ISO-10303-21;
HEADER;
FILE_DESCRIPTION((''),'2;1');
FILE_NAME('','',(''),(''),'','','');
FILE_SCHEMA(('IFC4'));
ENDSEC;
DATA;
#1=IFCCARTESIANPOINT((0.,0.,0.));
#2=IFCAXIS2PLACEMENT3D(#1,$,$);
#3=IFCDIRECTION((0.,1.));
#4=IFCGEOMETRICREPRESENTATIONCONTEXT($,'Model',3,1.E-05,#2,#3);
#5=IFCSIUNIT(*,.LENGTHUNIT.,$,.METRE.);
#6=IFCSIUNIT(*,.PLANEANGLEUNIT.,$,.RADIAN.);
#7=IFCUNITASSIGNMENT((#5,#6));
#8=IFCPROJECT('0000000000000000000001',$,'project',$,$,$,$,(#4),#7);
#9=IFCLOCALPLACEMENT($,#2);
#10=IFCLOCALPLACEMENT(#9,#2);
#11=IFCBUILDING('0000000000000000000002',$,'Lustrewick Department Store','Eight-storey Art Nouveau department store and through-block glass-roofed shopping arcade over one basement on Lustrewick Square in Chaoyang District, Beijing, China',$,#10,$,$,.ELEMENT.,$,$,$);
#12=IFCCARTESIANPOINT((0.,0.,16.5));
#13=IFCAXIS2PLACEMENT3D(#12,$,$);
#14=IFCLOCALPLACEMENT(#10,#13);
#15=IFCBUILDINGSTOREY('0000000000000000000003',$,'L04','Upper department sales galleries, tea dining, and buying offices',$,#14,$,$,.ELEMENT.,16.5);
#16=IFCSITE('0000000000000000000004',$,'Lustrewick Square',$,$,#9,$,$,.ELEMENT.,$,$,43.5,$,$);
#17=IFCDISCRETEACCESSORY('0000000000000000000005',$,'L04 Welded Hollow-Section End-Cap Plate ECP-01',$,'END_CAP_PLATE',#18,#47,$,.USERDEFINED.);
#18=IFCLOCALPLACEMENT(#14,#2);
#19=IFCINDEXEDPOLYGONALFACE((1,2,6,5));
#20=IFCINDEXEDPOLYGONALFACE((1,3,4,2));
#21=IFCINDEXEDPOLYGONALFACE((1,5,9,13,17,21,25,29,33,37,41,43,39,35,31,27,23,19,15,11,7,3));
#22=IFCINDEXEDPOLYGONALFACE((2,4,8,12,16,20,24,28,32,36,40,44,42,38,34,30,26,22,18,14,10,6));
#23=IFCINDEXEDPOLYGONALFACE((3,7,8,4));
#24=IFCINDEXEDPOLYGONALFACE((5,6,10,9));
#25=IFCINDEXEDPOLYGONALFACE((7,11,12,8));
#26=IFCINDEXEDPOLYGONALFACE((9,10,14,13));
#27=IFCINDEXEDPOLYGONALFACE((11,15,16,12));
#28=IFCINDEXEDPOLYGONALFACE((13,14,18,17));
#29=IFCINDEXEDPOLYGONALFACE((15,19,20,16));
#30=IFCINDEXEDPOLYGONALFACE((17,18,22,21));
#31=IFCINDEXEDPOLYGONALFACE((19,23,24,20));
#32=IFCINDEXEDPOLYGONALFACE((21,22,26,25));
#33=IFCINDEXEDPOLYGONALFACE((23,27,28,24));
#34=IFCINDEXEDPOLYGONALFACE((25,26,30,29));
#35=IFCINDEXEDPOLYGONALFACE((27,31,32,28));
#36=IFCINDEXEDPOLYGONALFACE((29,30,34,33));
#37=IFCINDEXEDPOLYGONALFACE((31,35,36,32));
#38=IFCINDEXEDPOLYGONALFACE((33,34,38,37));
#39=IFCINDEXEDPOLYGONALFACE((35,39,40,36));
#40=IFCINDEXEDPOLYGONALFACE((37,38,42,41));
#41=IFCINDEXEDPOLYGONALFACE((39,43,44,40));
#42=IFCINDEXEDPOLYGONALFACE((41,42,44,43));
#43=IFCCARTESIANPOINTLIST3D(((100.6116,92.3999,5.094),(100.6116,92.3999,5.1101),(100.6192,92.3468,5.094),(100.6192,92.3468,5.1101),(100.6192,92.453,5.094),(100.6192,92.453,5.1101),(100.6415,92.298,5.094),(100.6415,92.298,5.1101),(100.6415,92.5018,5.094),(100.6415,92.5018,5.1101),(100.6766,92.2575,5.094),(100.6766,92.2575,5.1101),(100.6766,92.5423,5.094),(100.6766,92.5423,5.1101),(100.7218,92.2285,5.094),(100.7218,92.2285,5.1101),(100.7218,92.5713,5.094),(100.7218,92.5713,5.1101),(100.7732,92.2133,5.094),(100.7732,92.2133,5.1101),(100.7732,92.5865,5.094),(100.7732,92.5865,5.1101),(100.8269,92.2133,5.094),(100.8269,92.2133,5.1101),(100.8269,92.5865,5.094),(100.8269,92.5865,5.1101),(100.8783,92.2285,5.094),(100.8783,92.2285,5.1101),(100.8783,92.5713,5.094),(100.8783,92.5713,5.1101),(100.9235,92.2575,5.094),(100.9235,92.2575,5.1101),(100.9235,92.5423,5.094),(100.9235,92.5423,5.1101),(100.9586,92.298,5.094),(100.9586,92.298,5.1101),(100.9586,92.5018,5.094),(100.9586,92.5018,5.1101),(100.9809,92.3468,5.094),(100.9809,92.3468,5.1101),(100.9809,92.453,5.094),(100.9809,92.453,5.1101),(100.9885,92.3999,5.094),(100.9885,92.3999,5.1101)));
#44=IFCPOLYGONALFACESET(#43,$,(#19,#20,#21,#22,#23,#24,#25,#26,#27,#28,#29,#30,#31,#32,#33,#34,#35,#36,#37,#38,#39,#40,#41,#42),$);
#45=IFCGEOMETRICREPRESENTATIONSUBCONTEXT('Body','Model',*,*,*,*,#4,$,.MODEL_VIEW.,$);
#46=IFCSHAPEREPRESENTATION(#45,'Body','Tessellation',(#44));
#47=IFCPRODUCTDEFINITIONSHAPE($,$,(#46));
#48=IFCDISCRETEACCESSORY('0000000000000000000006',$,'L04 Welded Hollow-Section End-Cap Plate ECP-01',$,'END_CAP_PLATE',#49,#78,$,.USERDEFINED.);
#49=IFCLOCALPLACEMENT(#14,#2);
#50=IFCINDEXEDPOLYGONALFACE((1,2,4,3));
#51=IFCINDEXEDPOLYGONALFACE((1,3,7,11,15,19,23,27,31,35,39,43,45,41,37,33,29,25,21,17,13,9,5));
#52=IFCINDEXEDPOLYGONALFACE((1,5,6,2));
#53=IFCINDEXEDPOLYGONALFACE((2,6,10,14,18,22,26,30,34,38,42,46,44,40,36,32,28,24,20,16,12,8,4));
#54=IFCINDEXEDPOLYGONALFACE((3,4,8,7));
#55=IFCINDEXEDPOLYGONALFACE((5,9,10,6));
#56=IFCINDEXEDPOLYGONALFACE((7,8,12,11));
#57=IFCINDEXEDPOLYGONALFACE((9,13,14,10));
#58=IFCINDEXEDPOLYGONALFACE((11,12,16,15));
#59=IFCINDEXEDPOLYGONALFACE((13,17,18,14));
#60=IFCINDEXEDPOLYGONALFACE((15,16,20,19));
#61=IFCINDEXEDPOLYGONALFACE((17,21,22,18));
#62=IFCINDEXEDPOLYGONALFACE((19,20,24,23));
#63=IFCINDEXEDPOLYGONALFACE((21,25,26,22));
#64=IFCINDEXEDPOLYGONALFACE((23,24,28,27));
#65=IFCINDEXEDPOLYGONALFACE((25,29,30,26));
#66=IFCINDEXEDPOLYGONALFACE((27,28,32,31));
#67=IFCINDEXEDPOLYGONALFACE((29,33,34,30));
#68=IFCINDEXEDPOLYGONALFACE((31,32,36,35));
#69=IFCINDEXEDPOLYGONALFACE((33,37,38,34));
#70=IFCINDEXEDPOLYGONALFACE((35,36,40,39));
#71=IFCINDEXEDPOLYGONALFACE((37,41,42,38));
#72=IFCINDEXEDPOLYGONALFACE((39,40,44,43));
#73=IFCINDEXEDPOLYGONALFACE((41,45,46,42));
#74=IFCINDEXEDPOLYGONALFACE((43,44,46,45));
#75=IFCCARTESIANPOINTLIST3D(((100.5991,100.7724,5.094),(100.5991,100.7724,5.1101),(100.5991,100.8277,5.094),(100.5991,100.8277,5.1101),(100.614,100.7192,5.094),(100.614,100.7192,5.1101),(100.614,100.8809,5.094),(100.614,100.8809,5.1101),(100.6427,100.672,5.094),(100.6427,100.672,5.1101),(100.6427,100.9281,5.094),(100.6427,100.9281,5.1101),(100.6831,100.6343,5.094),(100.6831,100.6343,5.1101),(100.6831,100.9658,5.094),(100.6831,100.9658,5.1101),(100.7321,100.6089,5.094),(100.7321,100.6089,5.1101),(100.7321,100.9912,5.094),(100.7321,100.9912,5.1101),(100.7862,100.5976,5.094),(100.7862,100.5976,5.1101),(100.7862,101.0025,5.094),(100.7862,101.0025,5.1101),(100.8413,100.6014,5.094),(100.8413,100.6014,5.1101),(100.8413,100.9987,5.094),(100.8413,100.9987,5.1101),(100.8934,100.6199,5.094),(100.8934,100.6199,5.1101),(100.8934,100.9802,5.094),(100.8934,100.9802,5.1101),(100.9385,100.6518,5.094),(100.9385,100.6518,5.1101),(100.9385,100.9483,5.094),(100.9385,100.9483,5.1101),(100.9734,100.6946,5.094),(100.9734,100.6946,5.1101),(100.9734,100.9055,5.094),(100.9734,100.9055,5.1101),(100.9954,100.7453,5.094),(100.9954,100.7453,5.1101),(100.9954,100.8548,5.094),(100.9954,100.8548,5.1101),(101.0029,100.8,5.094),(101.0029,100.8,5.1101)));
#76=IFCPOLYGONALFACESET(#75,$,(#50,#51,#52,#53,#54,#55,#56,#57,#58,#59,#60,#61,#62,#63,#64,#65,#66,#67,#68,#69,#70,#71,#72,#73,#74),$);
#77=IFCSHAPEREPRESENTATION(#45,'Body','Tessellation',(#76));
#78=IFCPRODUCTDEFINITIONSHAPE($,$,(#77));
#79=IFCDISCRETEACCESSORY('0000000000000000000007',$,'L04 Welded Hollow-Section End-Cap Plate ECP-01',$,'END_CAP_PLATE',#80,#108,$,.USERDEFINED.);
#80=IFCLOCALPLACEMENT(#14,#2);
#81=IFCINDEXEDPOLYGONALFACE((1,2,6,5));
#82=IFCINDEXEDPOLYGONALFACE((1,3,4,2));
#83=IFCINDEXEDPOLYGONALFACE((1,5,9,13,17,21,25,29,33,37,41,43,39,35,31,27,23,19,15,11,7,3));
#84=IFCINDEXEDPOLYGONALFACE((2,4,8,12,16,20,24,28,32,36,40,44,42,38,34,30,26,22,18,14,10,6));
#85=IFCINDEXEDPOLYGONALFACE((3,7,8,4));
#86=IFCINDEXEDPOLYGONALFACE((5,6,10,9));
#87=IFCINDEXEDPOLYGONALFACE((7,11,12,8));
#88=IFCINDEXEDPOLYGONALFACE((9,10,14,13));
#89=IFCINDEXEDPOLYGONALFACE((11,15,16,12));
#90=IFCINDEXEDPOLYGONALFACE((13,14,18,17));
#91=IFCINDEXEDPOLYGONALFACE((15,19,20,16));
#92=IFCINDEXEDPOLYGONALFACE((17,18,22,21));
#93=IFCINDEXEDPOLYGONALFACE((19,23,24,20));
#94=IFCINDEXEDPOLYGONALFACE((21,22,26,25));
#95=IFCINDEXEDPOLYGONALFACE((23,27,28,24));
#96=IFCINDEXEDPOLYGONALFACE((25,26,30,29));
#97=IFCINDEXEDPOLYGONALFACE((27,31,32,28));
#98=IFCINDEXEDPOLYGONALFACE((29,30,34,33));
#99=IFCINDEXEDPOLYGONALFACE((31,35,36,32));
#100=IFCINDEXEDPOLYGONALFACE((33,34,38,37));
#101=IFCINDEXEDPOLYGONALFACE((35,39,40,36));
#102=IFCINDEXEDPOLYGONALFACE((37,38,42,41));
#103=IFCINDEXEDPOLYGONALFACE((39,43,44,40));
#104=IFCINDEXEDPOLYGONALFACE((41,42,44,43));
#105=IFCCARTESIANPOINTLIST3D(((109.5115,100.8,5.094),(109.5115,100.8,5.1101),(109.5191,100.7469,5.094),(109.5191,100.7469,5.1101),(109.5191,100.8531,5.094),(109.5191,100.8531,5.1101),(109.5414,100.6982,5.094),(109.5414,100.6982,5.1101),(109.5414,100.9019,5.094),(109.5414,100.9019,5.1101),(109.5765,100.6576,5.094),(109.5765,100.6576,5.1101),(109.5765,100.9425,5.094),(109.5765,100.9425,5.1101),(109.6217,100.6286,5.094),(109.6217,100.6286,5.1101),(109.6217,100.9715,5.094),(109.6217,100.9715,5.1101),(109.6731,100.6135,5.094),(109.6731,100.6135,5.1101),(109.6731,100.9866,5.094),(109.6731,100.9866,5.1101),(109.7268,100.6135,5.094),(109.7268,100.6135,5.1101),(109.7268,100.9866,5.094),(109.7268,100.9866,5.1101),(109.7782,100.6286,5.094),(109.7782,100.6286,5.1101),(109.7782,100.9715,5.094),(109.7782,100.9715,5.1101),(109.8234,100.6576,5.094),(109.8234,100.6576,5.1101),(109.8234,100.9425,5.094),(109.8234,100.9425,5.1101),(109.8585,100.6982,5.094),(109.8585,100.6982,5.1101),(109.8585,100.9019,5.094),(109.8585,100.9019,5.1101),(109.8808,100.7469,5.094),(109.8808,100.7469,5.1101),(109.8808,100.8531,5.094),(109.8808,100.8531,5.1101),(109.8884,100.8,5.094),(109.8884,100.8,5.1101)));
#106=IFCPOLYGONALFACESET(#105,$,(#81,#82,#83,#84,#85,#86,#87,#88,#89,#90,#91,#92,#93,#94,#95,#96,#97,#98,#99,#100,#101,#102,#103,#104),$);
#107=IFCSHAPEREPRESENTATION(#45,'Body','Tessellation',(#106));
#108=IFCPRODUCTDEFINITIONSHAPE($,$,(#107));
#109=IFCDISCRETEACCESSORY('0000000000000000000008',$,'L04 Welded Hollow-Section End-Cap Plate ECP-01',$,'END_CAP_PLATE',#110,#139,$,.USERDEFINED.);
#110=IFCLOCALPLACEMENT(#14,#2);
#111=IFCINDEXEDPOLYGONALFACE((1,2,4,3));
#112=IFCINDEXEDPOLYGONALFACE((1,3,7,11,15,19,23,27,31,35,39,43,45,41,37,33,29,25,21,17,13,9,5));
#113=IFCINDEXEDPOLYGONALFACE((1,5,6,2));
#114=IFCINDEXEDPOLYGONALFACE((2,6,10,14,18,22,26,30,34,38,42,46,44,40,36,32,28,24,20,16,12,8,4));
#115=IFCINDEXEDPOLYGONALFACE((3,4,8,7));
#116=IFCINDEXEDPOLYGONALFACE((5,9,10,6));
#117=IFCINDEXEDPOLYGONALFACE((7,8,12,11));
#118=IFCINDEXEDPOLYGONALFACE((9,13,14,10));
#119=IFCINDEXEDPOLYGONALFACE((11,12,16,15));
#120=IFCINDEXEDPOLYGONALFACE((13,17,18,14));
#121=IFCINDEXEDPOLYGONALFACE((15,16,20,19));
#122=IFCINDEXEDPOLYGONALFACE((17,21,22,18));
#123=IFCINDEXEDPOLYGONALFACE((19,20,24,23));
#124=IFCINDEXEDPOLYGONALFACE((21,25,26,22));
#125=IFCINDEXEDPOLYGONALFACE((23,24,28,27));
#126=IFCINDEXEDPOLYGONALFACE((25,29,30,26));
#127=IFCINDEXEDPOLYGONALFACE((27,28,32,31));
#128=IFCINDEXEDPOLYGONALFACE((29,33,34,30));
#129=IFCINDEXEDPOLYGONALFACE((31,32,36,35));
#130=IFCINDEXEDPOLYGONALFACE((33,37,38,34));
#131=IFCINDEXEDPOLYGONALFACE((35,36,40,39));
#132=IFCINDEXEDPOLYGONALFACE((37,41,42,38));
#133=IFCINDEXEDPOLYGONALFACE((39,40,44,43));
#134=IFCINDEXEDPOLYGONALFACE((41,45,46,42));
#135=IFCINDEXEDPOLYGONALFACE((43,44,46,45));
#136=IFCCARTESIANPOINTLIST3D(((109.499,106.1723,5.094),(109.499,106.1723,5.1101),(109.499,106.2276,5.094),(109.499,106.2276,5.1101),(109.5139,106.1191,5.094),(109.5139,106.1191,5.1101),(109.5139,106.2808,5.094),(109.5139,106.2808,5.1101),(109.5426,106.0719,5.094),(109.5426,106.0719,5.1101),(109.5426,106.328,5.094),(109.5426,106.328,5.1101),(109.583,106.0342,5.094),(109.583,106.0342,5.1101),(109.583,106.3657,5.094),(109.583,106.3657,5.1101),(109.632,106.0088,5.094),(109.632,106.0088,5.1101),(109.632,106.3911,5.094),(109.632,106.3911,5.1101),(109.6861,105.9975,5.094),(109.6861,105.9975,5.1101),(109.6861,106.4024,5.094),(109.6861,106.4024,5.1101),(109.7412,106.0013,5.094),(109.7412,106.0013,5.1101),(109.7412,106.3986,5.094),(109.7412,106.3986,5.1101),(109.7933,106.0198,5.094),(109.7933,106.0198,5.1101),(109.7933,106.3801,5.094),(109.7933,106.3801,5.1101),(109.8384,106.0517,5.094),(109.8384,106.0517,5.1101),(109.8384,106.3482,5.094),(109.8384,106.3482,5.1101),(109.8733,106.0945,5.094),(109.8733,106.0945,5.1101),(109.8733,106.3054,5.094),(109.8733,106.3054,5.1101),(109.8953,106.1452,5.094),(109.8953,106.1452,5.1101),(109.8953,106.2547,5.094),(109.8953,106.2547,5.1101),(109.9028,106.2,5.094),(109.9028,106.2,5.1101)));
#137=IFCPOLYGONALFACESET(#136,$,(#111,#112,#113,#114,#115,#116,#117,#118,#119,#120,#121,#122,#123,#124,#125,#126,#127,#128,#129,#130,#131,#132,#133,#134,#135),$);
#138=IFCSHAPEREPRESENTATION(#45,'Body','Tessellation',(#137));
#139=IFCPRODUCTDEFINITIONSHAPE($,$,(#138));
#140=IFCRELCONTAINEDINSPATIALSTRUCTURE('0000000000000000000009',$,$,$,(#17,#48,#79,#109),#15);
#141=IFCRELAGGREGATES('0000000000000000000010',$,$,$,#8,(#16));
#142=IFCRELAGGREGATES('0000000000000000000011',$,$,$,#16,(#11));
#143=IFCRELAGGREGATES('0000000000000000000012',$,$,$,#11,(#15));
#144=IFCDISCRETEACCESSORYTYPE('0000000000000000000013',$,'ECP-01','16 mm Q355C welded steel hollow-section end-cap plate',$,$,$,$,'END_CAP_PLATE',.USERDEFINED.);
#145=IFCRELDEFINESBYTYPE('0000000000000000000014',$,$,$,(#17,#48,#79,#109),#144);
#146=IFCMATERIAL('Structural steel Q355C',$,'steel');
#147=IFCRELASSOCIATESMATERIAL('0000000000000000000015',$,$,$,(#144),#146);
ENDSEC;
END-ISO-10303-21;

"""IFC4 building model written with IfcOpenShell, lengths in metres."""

from ifc_helpers import new_model, si_unit, direction, frame, origin, origin_2d, place, context, subcontext, project, spatial, circle, extrude, material, type_object, element, save


model = new_model("IFC4")

# Units and contexts
model_context = context("Model", 3, precision=1e-05, world=origin(), true_north=direction((0.0, 1.0)))
body_context = subcontext(model_context, "Body", "Model", "MODEL_VIEW")
ifc_project = project(units=[si_unit("LENGTHUNIT", "METRE"), si_unit("PLANEANGLEUNIT", "RADIAN")], contexts=[model_context])

# Site, building, storey
site_placement = place(None, origin())
site = spatial("IfcSite", under=ifc_project, at=site_placement, Name="Lustrewick Square", CompositionType="ELEMENT", RefElevation=43.5)
building_placement = place(site_placement, origin())
building = spatial("IfcBuilding", under=site, at=building_placement, Name="Lustrewick Department Store", Description="Eight-storey Art Nouveau department store and through-block glass-roofed shopping arcade over one basement on Lustrewick Square in Chaoyang District, Beijing, China", CompositionType="ELEMENT")
storey_placement = place(building_placement, frame((0.0, 0.0, 16.5)))
storey = spatial("IfcBuildingStorey", under=building, at=storey_placement, Name="L04", Description="Upper department sales galleries, tea dining, and buying offices", CompositionType="ELEMENT", Elevation=16.5)

# Shared definitions
ifc_material_1 = material(Name="Structural steel Q355C", Category="steel")

# Discrete accessories
discrete_accessory_type = type_object("IfcDiscreteAccessoryType", Name="ECP-01", Description="16 mm Q355C welded steel hollow-section end-cap plate", ElementType="END_CAP_PLATE", PredefinedType="USERDEFINED", material=ifc_material_1)
discrete_accessory_1_placement = place(storey_placement, frame((100.8, 92.3999, 5.094), z_axis=(0.0, 0.0, 1.0), x_axis=(1.0, 0.0, 0.0)))
element("IfcDiscreteAccessory", 1, at=discrete_accessory_1_placement, inside=storey, type_object=discrete_accessory_type, Name="L04 Welded Hollow-Section End-Cap Plate ECP-01", ObjectType="END_CAP_PLATE", PredefinedType="USERDEFINED", context=body_context, shape_type="SweptSolid", body=[
    extrude(circle(Radius=0.1885, at=origin_2d()), origin(), (0.0, 0.0, 1.0), 0.0161),
])
discrete_accessory_2_placement = place(storey_placement, frame((100.8, 100.8, 5.094), z_axis=(0.0, 0.0, 1.0), x_axis=(1.0, 0.0, 0.0)))
element("IfcDiscreteAccessory", 2, at=discrete_accessory_2_placement, inside=storey, type_object=discrete_accessory_type, Name="L04 Welded Hollow-Section End-Cap Plate ECP-01", ObjectType="END_CAP_PLATE", PredefinedType="USERDEFINED", context=body_context, shape_type="SweptSolid", body=[
    extrude(circle(Radius=0.2029, at=origin_2d()), origin(), (0.0, 0.0, 1.0), 0.0161),
])
discrete_accessory_3_placement = place(storey_placement, frame((109.7, 100.8, 5.094), z_axis=(0.0, 0.0, 1.0), x_axis=(1.0, 0.0, 0.0)))
element("IfcDiscreteAccessory", 3, at=discrete_accessory_3_placement, inside=storey, type_object=discrete_accessory_type, Name="L04 Welded Hollow-Section End-Cap Plate ECP-01", ObjectType="END_CAP_PLATE", PredefinedType="USERDEFINED", context=body_context, shape_type="SweptSolid", body=[
    extrude(circle(Radius=0.1885, at=origin_2d()), origin(), (0.0, 0.0, 1.0), 0.0161),
])
discrete_accessory_4_placement = place(storey_placement, frame((109.7, 106.2, 5.094), z_axis=(0.0, 0.0, 1.0), x_axis=(1.0, 0.0, 0.0)))
element("IfcDiscreteAccessory", 4, at=discrete_accessory_4_placement, inside=storey, type_object=discrete_accessory_type, Name="L04 Welded Hollow-Section End-Cap Plate ECP-01", ObjectType="END_CAP_PLATE", PredefinedType="USERDEFINED", context=body_context, shape_type="SweptSolid", body=[
    extrude(circle(Radius=0.2029, at=origin_2d()), origin(), (0.0, 0.0, 1.0), 0.0161),
])

save(model, "model.ifc")
